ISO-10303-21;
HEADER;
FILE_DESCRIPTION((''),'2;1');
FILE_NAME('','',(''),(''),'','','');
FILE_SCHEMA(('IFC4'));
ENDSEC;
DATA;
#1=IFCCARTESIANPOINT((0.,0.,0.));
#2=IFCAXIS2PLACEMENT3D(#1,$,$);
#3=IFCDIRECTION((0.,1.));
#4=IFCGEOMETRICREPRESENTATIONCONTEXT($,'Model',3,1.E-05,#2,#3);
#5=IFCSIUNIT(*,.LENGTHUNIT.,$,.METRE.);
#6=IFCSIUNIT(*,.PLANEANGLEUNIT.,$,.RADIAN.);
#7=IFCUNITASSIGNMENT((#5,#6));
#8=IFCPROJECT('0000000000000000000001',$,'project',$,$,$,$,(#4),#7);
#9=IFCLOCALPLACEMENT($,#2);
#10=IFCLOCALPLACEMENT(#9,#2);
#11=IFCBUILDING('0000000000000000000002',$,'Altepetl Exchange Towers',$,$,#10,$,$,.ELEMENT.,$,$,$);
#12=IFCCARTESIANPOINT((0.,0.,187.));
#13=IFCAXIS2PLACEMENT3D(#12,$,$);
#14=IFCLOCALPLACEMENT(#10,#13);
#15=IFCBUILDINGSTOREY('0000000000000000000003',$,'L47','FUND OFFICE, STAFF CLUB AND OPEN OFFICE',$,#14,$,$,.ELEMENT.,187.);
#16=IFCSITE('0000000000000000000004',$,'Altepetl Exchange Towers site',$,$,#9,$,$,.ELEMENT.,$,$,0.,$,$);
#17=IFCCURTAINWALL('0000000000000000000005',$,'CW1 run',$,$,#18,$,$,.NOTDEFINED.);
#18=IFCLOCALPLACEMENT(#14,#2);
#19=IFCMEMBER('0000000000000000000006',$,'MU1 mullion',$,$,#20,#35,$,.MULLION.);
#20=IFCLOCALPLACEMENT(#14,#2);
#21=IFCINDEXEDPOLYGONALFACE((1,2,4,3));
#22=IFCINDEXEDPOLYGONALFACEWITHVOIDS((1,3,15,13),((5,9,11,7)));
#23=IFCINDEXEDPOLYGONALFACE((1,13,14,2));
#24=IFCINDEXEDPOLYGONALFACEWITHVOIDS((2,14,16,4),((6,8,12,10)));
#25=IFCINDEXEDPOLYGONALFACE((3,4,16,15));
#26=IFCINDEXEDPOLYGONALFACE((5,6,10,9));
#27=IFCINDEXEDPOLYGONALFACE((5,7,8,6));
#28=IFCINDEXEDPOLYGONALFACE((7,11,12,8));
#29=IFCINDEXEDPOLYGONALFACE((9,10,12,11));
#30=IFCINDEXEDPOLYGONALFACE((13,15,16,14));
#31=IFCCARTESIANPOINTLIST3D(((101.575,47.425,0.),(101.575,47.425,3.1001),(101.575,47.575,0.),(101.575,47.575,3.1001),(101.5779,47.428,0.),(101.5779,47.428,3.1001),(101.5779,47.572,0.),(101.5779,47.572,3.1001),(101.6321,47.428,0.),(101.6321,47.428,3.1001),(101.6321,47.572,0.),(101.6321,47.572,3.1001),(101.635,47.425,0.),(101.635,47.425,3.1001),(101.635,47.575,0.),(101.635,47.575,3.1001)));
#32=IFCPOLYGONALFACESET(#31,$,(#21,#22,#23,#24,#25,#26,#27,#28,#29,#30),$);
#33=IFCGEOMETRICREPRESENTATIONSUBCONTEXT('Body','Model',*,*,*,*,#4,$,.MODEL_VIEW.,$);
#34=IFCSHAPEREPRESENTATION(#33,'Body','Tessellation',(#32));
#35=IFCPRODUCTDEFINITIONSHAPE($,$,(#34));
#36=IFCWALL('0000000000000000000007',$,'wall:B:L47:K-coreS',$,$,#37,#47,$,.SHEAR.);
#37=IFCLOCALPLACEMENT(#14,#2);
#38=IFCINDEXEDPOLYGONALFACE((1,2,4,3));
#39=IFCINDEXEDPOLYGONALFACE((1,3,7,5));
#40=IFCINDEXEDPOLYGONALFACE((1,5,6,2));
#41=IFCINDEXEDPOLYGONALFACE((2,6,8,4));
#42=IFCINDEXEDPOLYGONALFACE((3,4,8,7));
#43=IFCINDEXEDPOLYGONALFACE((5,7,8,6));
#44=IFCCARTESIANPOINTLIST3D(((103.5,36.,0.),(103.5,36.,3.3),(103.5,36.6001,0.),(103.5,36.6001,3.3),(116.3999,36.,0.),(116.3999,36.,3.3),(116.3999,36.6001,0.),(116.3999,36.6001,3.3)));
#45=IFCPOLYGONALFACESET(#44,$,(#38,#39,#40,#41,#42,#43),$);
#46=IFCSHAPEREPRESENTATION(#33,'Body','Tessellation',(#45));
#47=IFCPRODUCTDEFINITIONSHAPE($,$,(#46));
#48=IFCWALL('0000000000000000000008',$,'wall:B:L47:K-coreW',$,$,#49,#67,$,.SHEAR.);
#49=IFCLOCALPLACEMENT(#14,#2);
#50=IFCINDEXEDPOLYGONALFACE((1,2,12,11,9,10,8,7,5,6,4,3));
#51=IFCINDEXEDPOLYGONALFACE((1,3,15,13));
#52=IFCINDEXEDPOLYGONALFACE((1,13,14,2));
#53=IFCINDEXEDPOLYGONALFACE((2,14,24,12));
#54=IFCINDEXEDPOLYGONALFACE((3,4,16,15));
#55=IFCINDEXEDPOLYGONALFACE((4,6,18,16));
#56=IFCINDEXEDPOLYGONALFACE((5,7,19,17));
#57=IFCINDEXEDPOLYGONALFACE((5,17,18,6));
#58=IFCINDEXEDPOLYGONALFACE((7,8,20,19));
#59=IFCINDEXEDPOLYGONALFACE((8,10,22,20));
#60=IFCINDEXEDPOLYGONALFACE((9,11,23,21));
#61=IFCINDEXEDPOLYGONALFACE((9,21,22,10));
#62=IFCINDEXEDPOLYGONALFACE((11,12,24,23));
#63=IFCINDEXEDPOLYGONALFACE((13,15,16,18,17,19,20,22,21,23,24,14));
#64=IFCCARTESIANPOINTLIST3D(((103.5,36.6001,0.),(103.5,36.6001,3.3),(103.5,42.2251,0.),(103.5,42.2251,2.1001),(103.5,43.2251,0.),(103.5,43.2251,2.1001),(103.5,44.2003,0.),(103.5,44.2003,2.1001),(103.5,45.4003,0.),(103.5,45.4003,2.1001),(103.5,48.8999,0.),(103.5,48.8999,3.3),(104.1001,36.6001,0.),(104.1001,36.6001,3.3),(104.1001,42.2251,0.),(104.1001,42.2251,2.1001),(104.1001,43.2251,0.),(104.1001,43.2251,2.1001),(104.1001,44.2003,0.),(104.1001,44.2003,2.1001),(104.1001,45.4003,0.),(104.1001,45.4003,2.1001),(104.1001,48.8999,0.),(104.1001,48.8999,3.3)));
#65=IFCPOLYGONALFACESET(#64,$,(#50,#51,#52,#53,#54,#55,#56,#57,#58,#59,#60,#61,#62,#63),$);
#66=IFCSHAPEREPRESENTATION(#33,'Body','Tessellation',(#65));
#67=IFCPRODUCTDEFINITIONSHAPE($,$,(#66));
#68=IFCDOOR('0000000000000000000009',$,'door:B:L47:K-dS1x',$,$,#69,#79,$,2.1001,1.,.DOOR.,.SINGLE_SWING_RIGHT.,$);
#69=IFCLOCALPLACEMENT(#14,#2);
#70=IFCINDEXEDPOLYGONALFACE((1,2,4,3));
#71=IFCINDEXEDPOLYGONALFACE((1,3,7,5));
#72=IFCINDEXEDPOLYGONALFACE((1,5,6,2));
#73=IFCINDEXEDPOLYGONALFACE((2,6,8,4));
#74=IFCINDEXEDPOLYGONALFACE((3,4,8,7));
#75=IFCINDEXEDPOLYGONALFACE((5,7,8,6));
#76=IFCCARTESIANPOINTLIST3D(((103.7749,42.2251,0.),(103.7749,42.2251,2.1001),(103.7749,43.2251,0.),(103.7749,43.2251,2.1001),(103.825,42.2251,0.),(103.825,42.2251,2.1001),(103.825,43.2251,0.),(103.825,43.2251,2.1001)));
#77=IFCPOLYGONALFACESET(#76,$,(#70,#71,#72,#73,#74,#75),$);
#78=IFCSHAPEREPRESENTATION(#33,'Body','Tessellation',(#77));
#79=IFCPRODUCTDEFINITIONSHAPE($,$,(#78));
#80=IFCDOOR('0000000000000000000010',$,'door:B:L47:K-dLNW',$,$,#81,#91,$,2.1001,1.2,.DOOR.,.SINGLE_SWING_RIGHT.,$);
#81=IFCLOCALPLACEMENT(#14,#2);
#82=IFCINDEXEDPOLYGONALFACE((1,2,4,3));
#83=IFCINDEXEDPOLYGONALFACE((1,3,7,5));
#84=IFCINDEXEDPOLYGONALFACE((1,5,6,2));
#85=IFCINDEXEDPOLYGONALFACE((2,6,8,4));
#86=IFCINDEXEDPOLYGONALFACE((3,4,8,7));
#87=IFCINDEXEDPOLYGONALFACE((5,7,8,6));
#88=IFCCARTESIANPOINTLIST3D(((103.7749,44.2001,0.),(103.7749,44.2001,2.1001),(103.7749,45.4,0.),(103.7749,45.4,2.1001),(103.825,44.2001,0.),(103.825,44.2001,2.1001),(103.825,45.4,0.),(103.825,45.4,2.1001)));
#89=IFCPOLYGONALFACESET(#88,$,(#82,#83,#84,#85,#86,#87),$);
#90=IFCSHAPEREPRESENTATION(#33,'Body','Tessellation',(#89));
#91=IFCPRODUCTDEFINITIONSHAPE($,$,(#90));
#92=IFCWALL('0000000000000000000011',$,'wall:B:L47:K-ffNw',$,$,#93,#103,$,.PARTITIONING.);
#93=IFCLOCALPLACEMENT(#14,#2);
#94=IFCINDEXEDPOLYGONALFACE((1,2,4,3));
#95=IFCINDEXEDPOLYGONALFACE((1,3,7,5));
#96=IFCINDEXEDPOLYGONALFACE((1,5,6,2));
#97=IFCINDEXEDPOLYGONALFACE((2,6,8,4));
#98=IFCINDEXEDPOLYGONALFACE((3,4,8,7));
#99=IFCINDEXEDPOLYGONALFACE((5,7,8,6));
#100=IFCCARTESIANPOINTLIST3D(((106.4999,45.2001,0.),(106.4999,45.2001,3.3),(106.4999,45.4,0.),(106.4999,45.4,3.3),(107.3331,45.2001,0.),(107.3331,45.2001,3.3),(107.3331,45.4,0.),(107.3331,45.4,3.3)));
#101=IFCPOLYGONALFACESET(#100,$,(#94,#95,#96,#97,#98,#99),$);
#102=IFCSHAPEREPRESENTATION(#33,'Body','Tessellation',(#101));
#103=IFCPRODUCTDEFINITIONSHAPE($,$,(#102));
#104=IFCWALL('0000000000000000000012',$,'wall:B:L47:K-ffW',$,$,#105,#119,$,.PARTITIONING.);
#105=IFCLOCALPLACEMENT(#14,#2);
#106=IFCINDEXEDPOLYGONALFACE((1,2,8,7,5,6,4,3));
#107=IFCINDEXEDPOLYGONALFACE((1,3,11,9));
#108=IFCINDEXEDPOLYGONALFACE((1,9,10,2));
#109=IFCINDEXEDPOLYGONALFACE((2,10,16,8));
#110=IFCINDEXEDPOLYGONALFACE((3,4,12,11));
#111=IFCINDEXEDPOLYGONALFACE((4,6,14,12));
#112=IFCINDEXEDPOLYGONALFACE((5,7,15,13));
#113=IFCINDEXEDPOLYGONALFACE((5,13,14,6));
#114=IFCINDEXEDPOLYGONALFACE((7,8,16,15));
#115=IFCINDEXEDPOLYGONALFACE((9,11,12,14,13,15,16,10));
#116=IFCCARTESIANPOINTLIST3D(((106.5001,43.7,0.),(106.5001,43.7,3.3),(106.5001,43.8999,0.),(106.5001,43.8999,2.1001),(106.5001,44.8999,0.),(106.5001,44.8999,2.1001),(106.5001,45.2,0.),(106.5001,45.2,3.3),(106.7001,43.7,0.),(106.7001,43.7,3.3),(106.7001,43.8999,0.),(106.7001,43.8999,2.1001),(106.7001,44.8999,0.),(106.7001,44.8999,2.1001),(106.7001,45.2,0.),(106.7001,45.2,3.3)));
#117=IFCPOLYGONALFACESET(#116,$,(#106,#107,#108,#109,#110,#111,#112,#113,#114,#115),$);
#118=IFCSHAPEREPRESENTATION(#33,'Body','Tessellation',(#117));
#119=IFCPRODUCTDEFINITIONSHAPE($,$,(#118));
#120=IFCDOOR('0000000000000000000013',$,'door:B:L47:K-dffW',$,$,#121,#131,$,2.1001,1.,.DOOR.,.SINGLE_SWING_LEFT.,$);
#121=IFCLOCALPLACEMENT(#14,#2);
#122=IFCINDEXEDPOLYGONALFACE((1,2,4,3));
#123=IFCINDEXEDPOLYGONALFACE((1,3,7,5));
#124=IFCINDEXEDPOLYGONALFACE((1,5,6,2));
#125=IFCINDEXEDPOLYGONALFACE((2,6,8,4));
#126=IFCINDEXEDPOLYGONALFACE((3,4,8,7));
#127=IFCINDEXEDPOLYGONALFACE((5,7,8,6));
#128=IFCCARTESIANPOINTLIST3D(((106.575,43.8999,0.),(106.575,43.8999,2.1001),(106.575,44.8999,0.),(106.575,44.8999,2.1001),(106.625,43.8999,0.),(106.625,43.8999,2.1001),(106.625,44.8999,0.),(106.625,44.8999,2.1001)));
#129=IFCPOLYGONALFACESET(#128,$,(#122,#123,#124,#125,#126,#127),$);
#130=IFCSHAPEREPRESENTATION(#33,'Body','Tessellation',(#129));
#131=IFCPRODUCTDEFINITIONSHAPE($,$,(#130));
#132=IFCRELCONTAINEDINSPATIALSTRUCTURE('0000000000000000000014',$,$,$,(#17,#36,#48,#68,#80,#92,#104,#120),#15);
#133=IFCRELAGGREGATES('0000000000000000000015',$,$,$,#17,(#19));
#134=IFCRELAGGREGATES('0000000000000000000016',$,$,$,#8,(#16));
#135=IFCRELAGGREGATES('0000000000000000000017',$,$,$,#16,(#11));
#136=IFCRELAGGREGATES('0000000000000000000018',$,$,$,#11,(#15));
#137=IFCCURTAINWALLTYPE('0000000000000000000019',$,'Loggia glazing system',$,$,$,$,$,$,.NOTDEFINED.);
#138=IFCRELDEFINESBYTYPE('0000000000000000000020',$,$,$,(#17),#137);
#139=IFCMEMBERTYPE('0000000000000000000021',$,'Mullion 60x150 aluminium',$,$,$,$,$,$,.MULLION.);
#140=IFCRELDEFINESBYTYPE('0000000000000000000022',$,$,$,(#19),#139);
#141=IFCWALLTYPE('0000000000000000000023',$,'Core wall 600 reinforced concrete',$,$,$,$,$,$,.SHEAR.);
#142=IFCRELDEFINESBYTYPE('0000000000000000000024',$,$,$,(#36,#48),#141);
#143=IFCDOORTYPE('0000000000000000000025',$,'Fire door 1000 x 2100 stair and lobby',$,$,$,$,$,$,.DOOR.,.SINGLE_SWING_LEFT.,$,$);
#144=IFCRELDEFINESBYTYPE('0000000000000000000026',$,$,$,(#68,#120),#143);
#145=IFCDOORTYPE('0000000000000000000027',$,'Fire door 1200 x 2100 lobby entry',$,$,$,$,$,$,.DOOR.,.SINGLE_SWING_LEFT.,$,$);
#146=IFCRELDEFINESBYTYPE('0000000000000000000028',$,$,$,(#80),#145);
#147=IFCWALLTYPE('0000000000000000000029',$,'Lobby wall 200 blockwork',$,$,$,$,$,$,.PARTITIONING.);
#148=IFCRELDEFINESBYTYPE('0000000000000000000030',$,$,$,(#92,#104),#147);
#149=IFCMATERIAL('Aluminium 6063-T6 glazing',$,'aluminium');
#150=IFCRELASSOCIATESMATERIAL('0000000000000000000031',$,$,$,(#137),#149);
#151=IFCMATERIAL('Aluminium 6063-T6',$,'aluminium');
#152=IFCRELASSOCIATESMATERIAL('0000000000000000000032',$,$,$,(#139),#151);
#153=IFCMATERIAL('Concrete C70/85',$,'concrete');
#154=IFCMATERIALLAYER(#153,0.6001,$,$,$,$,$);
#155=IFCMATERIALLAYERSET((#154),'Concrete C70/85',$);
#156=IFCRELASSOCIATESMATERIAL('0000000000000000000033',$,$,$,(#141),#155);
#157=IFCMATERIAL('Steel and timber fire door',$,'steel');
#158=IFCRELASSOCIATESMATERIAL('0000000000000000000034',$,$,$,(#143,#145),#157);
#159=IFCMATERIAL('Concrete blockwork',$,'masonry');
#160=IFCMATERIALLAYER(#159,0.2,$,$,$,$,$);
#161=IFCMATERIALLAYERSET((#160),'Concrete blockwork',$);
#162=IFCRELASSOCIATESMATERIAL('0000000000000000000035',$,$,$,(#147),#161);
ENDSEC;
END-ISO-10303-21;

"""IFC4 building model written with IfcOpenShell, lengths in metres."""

from ifc_helpers import new_model, si_unit, direction, frame, frame_2d, origin, origin_2d, place, context, subcontext, project, spatial, rectangle, hollow_rectangle, extrude, material, layer, layer_set, material_profile, profile_set, type_object, element, fill, aggregate, save


model = new_model("IFC4")

# Units and contexts
model_context = context("Model", 3, precision=1e-05, world=origin(), true_north=direction((0.0, 1.0)))
body_context = subcontext(model_context, "Body", "Model", "MODEL_VIEW")
ifc_project = project(units=[si_unit("LENGTHUNIT", "METRE"), si_unit("PLANEANGLEUNIT", "RADIAN")], contexts=[model_context])

# Site, building, storey
site_placement = place(None, origin())
site = spatial("IfcSite", under=ifc_project, at=site_placement, Name="Altepetl Exchange Towers site", CompositionType="ELEMENT", RefElevation=0.0)
building_placement = place(site_placement, origin())
building = spatial("IfcBuilding", under=site, at=building_placement, Name="Altepetl Exchange Towers", CompositionType="ELEMENT")
storey_placement = place(building_placement, frame((0.0, 0.0, 187.0)))
storey = spatial("IfcBuildingStorey", under=building, at=storey_placement, Name="L47", Description="FUND OFFICE, STAFF CLUB AND OPEN OFFICE", CompositionType="ELEMENT", Elevation=187.0)

# Curtain wall, member
ifc_material_1 = material(Name="Aluminium 6063-T6 glazing", Category="aluminium")
curtain_wall_type = type_object("IfcCurtainWallType", Name="Loggia glazing system", PredefinedType="NOTDEFINED", material=ifc_material_1)
curtain_wall_placement = place(storey_placement, origin())
curtain_wall = element("IfcCurtainWall", 1, at=curtain_wall_placement, inside=storey, type_object=curtain_wall_type, Name="CW1 run", PredefinedType="NOTDEFINED")
ifc_material_2 = material(Name="Aluminium 6063-T6", Category="aluminium")
ifc_material_profile = material_profile(ifc_material_2, hollow_rectangle(XDim=0.0601, YDim=0.1499, WallThickness=0.0029, at=origin_2d()), Name="Mullion 60x150 aluminium")
ifc_profile_set = profile_set([ifc_material_profile], Name="Aluminium 6063-T6")
member_type = type_object("IfcMemberType", Name="Mullion 60x150 aluminium", PredefinedType="MULLION", material=ifc_profile_set)
member_placement = place(storey_placement, frame((101.605, 47.5, 0.0), z_axis=(0.0, 0.0, 1.0), x_axis=(-1.0, 0.0, 0.0)))
member = element("IfcMember", 2, at=member_placement, type_object=member_type, Name="MU1 mullion", PredefinedType="MULLION", context=body_context, shape_type="SweptSolid", body=[
    extrude(hollow_rectangle(XDim=0.0601, YDim=0.1499, WallThickness=0.0029, at=origin_2d()), origin(), (0.0, 0.0, 1.0), 3.1001),
])
aggregate(curtain_wall, [member])

# Wall
ifc_material_3 = material(Name="Concrete C70/85", Category="concrete")
ifc_layer_1 = layer(ifc_material_3, 0.6001)
ifc_layer_set_1 = layer_set([ifc_layer_1], Name="Concrete C70/85")
wall_type_1 = type_object("IfcWallType", Name="Core wall 600 reinforced concrete", PredefinedType="SHEAR", material=ifc_layer_set_1)
wall_1_placement = place(storey_placement, frame((103.5, 36.3, 0.0)))
element("IfcWall", 3, at=wall_1_placement, inside=storey, type_object=wall_type_1, Name="wall:B:L47:K-coreS", PredefinedType="SHEAR", context=body_context, shape_type="SweptSolid", body=[
    extrude(rectangle(XDim=12.8999, YDim=0.6001, at=frame_2d((6.45, 0.0))), origin(), (0.0, 0.0, 1.0), 3.3),
])

# Wall, openings, doors
wall_2_placement = place(storey_placement, frame((103.8, 36.6001, 0.0), z_axis=(0.0, 0.0, 1.0), x_axis=(0.0, 1.0, 0.0)))
wall_2 = element("IfcWall", 4, at=wall_2_placement, inside=storey, type_object=wall_type_1, Name="wall:B:L47:K-coreW", PredefinedType="SHEAR", context=body_context, shape_type="SweptSolid", body=[
    extrude(rectangle(XDim=12.2998, YDim=0.6001, at=frame_2d((6.1499, 0.0))), origin(), (0.0, 0.0, 1.0), 3.3),
])
opening_1_placement = place(wall_2_placement, frame((7.6001, 0.0, 0.0)))
opening_1 = element("IfcOpeningElement", 5, at=opening_1_placement, cuts=wall_2, PredefinedType="OPENING", context=body_context, shape_type="SweptSolid", body=[
    extrude(rectangle(XDim=1.2, YDim=2.1001, at=frame_2d((0.6001, 1.05))), frame((0.0, 0.3101, 0.0), z_axis=(0.0, -1.0, 0.0), x_axis=(1.0, 0.0, 0.0)), (0.0, 0.0, 1.0), 0.6201),
])
opening_2_placement = place(wall_2_placement, frame((5.625, 0.0, 0.0)))
opening_2 = element("IfcOpeningElement", 6, at=opening_2_placement, cuts=wall_2, PredefinedType="OPENING", context=body_context, shape_type="SweptSolid", body=[
    extrude(rectangle(XDim=1.0, YDim=2.1001, at=frame_2d((0.5, 1.05))), frame((0.0, 0.3101, 0.0), z_axis=(0.0, -1.0, 0.0), x_axis=(1.0, 0.0, 0.0)), (0.0, 0.0, 1.0), 0.6201),
])
ifc_material_4 = material(Name="Steel and timber fire door", Category="steel")
door_type_1 = type_object("IfcDoorType", Name="Fire door 1000 x 2100 stair and lobby", OperationType="SINGLE_SWING_LEFT", PredefinedType="DOOR", material=ifc_material_4)
door_1_placement = place(opening_2_placement, frame((1.0, 0.0, 0.0), x_axis=(-1.0, 0.0, 0.0)))
door_1 = element("IfcDoor", 7, at=door_1_placement, inside=storey, type_object=door_type_1, Name="door:B:L47:K-dS1x", OperationType="SINGLE_SWING_RIGHT", OverallHeight=2.1001, OverallWidth=1.0, PredefinedType="DOOR", context=body_context, shape_type="SweptSolid", body=[
    extrude(rectangle(XDim=1.0, YDim=2.1001, at=frame_2d((0.5, 1.05))), frame((0.0, 0.0249, 0.0), z_axis=(0.0, -1.0, 0.0), x_axis=(1.0, 0.0, 0.0)), (0.0, 0.0, 1.0), 0.05),
])
fill(opening_2, door_1)
door_type_2 = type_object("IfcDoorType", Name="Fire door 1200 x 2100 lobby entry", OperationType="SINGLE_SWING_LEFT", PredefinedType="DOOR", material=ifc_material_4)
door_2_placement = place(opening_1_placement, frame((1.2, 0.0, 0.0), x_axis=(-1.0, 0.0, 0.0)))
door_2 = element("IfcDoor", 8, at=door_2_placement, inside=storey, type_object=door_type_2, Name="door:B:L47:K-dLNW", OperationType="SINGLE_SWING_RIGHT", OverallHeight=2.1001, OverallWidth=1.2, PredefinedType="DOOR", context=body_context, shape_type="SweptSolid", body=[
    extrude(rectangle(XDim=1.2, YDim=2.1001, at=frame_2d((0.6001, 1.05))), frame((0.0, 0.0249, 0.0), z_axis=(0.0, -1.0, 0.0), x_axis=(1.0, 0.0, 0.0)), (0.0, 0.0, 1.0), 0.05),
])
fill(opening_1, door_2)

# Wall
ifc_material_5 = material(Name="Concrete blockwork", Category="masonry")
ifc_layer_2 = layer(ifc_material_5, 0.2)
ifc_layer_set_2 = layer_set([ifc_layer_2], Name="Concrete blockwork")
wall_type_2 = type_object("IfcWallType", Name="Lobby wall 200 blockwork", PredefinedType="PARTITIONING", material=ifc_layer_set_2)
wall_3_placement = place(storey_placement, frame((106.5, 45.3, 0.0)))
element("IfcWall", 9, at=wall_3_placement, inside=storey, type_object=wall_type_2, Name="wall:B:L47:K-ffNw", PredefinedType="PARTITIONING", context=body_context, shape_type="SweptSolid", body=[
    extrude(rectangle(XDim=0.8333, YDim=0.2, at=frame_2d((0.4165, 0.0))), origin(), (0.0, 0.0, 1.0), 3.3),
])

# Wall, opening, door
wall_4_placement = place(storey_placement, frame((106.6001, 43.7, 0.0), z_axis=(0.0, 0.0, 1.0), x_axis=(0.0, 1.0, 0.0)))
wall_4 = element("IfcWall", 10, at=wall_4_placement, inside=storey, type_object=wall_type_2, Name="wall:B:L47:K-ffW", PredefinedType="PARTITIONING", context=body_context, shape_type="SweptSolid", body=[
    extrude(rectangle(XDim=1.5, YDim=0.2, at=frame_2d((0.75, 0.0))), origin(), (0.0, 0.0, 1.0), 3.3),
])
opening_3_placement = place(wall_4_placement, frame((0.2, 0.0, 0.0)))
opening_3 = element("IfcOpeningElement", 11, at=opening_3_placement, cuts=wall_4, PredefinedType="OPENING", context=body_context, shape_type="SweptSolid", body=[
    extrude(rectangle(XDim=1.0, YDim=2.1001, at=frame_2d((0.5, 1.05))), frame((0.0, 0.1099, 0.0), z_axis=(0.0, -1.0, 0.0), x_axis=(1.0, 0.0, 0.0)), (0.0, 0.0, 1.0), 0.22),
])
door_3_placement = place(opening_3_placement, frame((1.0, 0.0, 0.0), x_axis=(-1.0, 0.0, 0.0)))
door_3 = element("IfcDoor", 12, at=door_3_placement, inside=storey, type_object=door_type_1, Name="door:B:L47:K-dffW", OperationType="SINGLE_SWING_LEFT", OverallHeight=2.1001, OverallWidth=1.0, PredefinedType="DOOR", context=body_context, shape_type="SweptSolid", body=[
    extrude(rectangle(XDim=1.0, YDim=2.1001, at=frame_2d((0.5, 1.05))), frame((0.0, 0.0249, 0.0), z_axis=(0.0, -1.0, 0.0), x_axis=(1.0, 0.0, 0.0)), (0.0, 0.0, 1.0), 0.05),
])
fill(opening_3, door_3)

save(model, "model.ifc")
